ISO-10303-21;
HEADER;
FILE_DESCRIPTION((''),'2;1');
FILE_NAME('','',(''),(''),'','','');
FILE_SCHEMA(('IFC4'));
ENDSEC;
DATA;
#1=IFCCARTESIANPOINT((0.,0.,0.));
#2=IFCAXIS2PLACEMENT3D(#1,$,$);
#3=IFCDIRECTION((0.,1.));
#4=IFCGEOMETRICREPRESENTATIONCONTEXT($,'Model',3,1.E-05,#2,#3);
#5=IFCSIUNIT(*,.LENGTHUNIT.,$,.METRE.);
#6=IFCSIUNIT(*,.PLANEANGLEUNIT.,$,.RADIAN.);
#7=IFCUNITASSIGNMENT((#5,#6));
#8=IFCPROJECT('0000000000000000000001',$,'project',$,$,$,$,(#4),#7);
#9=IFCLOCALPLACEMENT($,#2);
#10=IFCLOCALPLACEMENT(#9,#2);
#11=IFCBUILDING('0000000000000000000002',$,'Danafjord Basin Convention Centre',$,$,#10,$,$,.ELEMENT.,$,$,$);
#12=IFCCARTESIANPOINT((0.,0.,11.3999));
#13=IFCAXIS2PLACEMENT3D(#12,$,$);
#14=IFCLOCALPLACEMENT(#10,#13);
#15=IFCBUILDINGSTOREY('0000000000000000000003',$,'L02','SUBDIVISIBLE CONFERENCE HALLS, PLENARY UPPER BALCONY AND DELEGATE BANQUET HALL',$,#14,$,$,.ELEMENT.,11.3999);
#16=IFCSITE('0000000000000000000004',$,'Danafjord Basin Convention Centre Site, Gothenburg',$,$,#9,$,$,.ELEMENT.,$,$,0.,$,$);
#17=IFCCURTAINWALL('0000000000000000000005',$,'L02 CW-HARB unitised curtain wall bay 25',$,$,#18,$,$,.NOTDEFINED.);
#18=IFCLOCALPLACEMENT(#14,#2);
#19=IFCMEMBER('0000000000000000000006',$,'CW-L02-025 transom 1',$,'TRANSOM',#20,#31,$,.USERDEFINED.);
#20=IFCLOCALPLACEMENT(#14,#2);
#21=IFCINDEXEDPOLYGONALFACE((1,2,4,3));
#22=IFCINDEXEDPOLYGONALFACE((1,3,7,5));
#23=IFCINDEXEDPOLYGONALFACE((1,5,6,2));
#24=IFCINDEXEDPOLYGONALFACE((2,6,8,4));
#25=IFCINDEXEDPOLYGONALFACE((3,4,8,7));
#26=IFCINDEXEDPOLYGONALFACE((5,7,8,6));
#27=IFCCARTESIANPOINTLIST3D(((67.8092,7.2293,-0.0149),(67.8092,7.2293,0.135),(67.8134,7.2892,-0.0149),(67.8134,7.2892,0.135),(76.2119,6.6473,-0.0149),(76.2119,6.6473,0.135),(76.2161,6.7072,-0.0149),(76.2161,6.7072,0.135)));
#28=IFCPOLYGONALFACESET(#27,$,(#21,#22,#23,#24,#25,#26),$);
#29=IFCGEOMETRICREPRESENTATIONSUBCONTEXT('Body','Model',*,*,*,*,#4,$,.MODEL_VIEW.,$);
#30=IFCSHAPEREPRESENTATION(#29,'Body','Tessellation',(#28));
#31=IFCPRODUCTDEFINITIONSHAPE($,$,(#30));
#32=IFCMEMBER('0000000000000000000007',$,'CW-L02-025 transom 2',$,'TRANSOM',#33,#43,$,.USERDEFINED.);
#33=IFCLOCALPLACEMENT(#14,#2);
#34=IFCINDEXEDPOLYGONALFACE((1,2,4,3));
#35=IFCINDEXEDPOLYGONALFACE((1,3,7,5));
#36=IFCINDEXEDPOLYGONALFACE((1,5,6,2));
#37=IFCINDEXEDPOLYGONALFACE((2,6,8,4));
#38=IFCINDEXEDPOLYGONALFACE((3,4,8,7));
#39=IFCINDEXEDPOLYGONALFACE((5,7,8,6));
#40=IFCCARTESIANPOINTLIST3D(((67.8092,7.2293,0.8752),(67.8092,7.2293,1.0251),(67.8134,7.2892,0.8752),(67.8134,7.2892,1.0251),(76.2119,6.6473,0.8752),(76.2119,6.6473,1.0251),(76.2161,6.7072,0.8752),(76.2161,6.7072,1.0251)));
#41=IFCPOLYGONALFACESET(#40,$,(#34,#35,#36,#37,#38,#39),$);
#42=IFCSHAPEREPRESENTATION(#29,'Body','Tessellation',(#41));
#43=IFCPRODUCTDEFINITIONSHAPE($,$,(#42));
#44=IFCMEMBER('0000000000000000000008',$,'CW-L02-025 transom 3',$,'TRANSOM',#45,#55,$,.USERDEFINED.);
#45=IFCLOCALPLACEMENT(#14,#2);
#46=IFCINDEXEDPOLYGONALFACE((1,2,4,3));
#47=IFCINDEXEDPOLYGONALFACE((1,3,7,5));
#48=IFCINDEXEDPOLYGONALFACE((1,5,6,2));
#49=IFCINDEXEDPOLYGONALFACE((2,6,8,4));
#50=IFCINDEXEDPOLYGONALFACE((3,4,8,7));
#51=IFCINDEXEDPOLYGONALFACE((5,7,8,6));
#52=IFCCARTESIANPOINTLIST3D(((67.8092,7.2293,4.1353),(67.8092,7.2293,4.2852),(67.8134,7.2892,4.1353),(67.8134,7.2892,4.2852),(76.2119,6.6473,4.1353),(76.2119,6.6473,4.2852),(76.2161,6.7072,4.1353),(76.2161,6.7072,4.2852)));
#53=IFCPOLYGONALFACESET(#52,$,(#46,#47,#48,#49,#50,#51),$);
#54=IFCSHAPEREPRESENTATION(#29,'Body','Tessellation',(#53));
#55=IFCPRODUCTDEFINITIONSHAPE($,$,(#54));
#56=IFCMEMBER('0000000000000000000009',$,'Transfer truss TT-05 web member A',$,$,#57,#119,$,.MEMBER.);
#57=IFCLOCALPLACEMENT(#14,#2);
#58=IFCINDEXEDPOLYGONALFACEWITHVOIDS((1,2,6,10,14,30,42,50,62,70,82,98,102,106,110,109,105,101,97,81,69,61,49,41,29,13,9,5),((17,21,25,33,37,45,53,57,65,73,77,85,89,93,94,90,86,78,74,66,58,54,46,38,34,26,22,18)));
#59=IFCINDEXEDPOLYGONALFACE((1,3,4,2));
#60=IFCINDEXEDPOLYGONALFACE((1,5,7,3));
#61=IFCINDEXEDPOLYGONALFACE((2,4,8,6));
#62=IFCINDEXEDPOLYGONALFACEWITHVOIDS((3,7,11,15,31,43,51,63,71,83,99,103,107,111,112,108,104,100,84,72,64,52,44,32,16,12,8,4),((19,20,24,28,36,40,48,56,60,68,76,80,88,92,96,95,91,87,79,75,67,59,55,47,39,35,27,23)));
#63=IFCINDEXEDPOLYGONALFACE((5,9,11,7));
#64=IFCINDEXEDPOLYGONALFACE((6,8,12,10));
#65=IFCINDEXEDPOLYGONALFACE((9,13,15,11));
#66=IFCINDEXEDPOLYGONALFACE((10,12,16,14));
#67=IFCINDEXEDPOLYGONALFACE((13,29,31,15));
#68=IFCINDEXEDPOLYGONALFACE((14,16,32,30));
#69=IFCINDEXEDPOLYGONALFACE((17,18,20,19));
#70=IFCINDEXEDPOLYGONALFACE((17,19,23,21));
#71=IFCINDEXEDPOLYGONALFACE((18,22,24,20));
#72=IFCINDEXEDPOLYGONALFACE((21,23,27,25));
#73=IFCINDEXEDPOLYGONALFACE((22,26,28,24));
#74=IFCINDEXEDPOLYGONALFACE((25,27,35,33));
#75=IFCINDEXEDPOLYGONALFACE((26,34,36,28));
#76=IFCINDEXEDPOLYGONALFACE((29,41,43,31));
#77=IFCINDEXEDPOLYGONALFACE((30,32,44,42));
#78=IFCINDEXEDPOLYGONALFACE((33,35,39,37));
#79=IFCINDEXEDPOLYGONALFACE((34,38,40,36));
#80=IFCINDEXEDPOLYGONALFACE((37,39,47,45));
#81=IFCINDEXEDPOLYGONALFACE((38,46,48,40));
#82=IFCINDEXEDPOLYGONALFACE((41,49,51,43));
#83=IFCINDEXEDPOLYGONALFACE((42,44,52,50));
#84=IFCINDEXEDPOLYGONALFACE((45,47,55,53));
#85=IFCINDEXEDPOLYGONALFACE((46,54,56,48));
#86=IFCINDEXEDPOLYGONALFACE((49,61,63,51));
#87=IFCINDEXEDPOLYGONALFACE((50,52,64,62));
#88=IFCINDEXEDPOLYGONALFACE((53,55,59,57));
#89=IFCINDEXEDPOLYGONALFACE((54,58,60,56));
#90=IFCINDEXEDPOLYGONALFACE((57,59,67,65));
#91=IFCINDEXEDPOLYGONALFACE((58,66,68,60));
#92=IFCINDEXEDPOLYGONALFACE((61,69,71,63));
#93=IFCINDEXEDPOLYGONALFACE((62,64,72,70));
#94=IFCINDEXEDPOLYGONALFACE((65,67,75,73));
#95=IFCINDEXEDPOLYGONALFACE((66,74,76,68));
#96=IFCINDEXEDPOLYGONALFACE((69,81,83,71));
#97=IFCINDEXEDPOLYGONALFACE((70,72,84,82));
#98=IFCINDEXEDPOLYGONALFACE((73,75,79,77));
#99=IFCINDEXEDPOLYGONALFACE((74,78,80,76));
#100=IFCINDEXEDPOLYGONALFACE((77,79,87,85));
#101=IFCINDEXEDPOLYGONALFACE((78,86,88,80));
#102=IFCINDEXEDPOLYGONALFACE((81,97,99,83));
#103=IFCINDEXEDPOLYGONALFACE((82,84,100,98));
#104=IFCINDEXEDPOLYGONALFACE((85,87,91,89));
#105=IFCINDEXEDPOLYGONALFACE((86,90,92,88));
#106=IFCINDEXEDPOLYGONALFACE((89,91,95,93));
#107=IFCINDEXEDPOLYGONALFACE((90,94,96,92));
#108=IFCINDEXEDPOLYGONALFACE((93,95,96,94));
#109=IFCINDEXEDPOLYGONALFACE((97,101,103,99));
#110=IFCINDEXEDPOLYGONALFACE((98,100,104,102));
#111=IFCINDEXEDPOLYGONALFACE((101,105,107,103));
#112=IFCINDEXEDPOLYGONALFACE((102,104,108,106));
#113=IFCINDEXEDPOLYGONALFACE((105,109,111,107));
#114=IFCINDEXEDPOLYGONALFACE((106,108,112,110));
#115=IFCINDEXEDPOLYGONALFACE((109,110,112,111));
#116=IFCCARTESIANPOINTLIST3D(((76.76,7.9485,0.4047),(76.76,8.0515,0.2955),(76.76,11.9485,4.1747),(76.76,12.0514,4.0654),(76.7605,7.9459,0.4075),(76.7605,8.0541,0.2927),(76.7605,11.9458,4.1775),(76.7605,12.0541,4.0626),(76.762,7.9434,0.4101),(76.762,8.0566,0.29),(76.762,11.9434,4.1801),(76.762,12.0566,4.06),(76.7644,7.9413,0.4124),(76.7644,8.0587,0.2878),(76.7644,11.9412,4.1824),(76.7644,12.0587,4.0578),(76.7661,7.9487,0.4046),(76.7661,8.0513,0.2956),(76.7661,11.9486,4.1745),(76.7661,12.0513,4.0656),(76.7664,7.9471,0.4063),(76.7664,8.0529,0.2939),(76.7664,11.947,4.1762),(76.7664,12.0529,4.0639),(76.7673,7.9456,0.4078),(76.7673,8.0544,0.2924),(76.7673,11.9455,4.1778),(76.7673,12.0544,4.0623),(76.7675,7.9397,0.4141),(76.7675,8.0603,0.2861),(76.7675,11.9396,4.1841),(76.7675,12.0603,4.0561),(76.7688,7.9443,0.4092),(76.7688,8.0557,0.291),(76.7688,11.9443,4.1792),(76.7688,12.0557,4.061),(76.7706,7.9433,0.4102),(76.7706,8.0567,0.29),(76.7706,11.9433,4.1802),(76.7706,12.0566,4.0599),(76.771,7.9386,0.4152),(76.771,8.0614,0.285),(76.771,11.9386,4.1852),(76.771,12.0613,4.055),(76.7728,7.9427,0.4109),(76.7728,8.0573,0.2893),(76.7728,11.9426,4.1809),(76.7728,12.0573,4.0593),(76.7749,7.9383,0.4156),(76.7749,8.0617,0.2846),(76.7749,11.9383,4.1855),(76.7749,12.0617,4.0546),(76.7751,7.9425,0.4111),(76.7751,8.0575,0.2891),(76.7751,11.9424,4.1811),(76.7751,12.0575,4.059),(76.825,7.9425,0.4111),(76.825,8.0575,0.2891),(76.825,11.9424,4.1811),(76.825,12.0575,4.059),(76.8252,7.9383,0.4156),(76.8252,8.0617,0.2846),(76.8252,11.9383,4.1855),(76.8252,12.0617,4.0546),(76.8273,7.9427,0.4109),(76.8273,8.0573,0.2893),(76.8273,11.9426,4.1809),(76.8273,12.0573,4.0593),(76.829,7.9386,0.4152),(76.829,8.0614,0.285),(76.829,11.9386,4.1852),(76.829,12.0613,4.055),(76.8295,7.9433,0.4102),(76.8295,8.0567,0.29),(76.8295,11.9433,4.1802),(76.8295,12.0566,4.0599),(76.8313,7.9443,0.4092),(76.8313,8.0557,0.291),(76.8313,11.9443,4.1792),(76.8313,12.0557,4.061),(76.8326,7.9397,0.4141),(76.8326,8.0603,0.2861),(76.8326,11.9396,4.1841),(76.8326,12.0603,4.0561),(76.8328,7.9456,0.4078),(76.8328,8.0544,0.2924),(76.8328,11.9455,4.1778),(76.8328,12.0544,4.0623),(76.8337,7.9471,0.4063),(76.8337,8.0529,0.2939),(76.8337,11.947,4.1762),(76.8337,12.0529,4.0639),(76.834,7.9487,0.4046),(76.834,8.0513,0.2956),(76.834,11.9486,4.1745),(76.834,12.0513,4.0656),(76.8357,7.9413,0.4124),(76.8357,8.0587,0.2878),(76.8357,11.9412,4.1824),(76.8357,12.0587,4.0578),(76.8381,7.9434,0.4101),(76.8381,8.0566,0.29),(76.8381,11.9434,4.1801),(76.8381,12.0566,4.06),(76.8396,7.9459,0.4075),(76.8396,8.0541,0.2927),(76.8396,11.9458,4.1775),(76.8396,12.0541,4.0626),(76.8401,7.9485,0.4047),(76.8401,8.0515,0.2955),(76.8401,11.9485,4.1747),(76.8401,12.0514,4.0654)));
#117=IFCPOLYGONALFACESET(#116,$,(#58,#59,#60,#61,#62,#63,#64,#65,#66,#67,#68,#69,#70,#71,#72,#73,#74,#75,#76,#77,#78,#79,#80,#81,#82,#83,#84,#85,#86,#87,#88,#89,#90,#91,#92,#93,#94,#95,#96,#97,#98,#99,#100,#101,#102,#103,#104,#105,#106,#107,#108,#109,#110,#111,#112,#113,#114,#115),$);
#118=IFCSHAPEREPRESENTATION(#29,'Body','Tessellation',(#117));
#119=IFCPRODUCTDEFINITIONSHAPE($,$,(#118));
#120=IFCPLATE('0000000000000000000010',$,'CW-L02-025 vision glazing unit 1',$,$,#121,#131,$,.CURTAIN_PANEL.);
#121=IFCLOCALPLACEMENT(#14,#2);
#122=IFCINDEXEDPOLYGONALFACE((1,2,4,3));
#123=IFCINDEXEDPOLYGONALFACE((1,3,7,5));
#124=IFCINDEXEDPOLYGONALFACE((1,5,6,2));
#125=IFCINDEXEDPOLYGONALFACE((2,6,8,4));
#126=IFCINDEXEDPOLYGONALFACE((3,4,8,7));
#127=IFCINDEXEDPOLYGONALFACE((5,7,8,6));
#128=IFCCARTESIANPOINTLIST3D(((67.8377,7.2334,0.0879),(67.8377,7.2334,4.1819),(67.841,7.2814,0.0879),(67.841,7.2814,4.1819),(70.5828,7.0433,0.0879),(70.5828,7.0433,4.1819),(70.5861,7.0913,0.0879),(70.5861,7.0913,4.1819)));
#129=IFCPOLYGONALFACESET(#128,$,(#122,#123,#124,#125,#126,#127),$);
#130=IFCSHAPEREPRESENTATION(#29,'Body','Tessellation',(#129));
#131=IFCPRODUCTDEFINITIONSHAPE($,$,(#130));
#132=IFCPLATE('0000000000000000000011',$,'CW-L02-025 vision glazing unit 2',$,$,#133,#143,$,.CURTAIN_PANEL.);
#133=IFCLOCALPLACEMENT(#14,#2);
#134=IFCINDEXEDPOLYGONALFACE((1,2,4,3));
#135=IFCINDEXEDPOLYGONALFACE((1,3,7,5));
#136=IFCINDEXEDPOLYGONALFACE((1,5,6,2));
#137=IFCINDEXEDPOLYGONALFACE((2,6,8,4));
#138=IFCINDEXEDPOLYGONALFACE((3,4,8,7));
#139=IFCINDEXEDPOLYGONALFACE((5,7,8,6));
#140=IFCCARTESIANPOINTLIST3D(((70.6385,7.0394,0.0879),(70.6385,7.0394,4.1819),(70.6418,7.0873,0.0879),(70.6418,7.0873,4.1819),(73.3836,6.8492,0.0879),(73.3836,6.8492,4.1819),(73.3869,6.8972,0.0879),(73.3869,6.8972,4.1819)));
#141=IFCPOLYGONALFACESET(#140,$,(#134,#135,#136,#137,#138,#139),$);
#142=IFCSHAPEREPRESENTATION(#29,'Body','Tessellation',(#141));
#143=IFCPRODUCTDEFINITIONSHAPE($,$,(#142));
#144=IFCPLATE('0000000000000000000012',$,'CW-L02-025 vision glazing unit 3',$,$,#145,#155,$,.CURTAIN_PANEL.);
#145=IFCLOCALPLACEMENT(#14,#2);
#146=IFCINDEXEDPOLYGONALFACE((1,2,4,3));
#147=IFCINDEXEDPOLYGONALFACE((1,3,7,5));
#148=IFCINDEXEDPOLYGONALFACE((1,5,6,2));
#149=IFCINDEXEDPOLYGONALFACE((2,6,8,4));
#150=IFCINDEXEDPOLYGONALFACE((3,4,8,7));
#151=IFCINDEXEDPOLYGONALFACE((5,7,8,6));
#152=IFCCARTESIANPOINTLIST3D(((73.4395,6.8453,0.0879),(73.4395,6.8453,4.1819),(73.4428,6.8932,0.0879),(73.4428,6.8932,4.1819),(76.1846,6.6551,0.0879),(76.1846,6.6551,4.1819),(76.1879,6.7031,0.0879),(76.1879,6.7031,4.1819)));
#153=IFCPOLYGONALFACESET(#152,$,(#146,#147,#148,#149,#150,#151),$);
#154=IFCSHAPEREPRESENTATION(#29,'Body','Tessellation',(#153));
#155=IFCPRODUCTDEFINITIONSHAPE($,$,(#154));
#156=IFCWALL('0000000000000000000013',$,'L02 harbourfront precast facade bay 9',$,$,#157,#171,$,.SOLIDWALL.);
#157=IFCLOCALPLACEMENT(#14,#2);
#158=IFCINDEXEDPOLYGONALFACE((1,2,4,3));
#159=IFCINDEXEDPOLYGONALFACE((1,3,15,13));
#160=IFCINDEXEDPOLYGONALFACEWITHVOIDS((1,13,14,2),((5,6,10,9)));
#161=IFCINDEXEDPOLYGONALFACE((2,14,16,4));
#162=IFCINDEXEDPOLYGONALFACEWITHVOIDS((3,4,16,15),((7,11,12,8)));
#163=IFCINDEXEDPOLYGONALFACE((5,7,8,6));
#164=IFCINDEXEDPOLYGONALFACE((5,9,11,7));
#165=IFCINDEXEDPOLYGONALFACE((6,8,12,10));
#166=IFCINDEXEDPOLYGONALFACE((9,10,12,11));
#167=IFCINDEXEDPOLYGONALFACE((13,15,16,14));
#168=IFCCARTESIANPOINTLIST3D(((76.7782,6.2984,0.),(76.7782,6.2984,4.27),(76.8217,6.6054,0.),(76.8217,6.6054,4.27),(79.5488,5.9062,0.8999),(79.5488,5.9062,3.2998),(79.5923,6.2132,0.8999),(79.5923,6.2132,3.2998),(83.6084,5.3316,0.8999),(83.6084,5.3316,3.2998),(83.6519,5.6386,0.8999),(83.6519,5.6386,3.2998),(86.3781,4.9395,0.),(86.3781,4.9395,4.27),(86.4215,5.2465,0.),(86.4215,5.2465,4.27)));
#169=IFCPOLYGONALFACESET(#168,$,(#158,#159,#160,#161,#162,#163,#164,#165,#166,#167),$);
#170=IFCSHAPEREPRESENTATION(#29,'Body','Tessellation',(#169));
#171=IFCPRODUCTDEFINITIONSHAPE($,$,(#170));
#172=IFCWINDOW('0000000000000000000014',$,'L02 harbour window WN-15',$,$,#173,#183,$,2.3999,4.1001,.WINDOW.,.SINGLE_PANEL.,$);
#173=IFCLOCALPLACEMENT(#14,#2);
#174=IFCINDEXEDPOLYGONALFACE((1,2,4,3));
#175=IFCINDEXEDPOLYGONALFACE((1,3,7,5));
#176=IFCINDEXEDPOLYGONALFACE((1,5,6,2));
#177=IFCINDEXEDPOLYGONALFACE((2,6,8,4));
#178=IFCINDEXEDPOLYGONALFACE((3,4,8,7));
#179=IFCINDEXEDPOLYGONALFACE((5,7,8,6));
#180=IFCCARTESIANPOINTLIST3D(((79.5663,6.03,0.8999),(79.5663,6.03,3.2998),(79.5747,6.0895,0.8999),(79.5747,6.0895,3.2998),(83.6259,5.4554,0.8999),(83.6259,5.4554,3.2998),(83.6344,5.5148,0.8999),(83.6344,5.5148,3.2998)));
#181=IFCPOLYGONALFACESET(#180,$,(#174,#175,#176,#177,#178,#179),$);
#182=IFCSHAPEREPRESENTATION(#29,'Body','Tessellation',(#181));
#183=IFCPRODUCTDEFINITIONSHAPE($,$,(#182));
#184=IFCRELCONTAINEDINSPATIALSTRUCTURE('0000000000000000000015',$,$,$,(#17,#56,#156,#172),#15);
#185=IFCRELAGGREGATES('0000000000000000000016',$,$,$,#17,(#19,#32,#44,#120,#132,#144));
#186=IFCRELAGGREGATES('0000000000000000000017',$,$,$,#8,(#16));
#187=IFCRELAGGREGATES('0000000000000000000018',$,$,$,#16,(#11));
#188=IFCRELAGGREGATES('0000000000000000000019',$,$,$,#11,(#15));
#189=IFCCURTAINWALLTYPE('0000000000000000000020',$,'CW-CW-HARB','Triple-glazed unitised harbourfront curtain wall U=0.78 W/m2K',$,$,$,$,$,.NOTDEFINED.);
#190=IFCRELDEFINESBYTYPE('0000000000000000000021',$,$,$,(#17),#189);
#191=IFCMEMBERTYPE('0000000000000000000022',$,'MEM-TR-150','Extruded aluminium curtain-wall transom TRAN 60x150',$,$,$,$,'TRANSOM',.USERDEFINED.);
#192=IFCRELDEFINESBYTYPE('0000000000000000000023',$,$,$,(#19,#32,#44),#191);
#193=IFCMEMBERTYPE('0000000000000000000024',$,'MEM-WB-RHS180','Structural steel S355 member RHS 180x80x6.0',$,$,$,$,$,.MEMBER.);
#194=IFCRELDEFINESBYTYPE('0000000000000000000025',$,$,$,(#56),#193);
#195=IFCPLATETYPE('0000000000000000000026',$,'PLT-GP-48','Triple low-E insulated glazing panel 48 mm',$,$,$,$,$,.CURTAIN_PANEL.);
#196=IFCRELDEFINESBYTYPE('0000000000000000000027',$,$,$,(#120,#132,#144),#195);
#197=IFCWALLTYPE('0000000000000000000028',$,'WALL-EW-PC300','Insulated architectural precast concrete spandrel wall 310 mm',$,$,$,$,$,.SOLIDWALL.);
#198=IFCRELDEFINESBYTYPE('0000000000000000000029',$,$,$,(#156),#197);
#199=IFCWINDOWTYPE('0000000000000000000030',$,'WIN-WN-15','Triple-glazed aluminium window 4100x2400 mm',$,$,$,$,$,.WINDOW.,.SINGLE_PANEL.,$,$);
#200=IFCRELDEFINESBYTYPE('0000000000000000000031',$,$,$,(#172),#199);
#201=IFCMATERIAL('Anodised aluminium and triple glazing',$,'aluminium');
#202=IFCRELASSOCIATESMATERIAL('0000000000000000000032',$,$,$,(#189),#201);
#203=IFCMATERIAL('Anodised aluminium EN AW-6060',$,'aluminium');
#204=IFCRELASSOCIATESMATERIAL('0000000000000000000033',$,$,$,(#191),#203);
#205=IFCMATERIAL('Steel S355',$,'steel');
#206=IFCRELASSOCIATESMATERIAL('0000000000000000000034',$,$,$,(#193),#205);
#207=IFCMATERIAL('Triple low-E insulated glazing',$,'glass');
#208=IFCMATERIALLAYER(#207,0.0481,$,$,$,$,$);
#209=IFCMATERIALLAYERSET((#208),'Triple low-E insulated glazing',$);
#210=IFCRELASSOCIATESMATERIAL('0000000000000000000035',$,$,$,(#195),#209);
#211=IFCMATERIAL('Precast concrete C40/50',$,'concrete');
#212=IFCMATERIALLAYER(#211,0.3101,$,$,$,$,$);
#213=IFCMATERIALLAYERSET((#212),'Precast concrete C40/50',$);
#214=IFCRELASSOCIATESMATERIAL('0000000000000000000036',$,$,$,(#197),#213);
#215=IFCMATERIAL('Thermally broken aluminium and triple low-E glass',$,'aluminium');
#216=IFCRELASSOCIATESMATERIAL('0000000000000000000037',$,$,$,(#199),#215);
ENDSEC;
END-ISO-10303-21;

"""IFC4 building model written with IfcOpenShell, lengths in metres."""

from ifc_helpers import new_model, si_unit, direction, frame, frame_2d, origin, origin_2d, place, context, subcontext, project, spatial, rectangle, hollow_rectangle, extrude, material, layer, layer_set, material_profile, profile_set, type_object, element, fill, aggregate, save


model = new_model("IFC4")

# Units and contexts
model_context = context("Model", 3, precision=1e-05, world=origin(), true_north=direction((0.0, 1.0)))
body_context = subcontext(model_context, "Body", "Model", "MODEL_VIEW")
ifc_project = project(units=[si_unit("LENGTHUNIT", "METRE"), si_unit("PLANEANGLEUNIT", "RADIAN")], contexts=[model_context])

# Site, building, storey
site_placement = place(None, origin())
site = spatial("IfcSite", under=ifc_project, at=site_placement, Name="Danafjord Basin Convention Centre Site, Gothenburg", CompositionType="ELEMENT", RefElevation=0.0)
building_placement = place(site_placement, origin())
building = spatial("IfcBuilding", under=site, at=building_placement, Name="Danafjord Basin Convention Centre", CompositionType="ELEMENT")
storey_placement = place(building_placement, frame((0.0, 0.0, 11.3999)))
storey = spatial("IfcBuildingStorey", under=building, at=storey_placement, Name="L02", Description="SUBDIVISIBLE CONFERENCE HALLS, PLENARY UPPER BALCONY AND DELEGATE BANQUET HALL", CompositionType="ELEMENT", Elevation=11.3999)

# Shared definitions
ifc_material_1 = material(Name="Steel S355", Category="steel")

# Curtain wall, members
ifc_material_2 = material(Name="Anodised aluminium and triple glazing", Category="aluminium")
curtain_wall_type = type_object("IfcCurtainWallType", Name="CW-CW-HARB", Description="Triple-glazed unitised harbourfront curtain wall U=0.78 W/m2K", PredefinedType="NOTDEFINED", material=ifc_material_2)
curtain_wall_placement = place(storey_placement, origin())
curtain_wall = element("IfcCurtainWall", 1, at=curtain_wall_placement, inside=storey, type_object=curtain_wall_type, Name="L02 CW-HARB unitised curtain wall bay 25", PredefinedType="NOTDEFINED")
ifc_material_3 = material(Name="Anodised aluminium EN AW-6060", Category="aluminium")
ifc_material_profile_1 = material_profile(ifc_material_3, rectangle(XDim=0.0601, YDim=0.1499, at=origin_2d()), Name="TRAN 60x150")
ifc_profile_set_1 = profile_set([ifc_material_profile_1], Name="Anodised aluminium EN AW-6060")
member_type_1 = type_object("IfcMemberType", Name="MEM-TR-150", Description="Extruded aluminium curtain-wall transom TRAN 60x150", ElementType="TRANSOM", PredefinedType="USERDEFINED", material=ifc_profile_set_1)
member_1_placement = place(storey_placement, frame((67.8113, 7.2593, 0.0601), z_axis=(0.99761, -0.069101, 0.0), x_axis=(0.069101, 0.99761, 0.0)))
member_1 = element("IfcMember", 2, at=member_1_placement, type_object=member_type_1, Name="CW-L02-025 transom 1", ObjectType="TRANSOM", PredefinedType="USERDEFINED", context=body_context, shape_type="SweptSolid", body=[
    extrude(rectangle(XDim=0.0601, YDim=0.1499, at=origin_2d()), origin(), (0.0, 0.0, 1.0), 8.4229),
])
member_2_placement = place(storey_placement, frame((67.8113, 7.2593, 0.9502), z_axis=(0.99761, -0.069101, 0.0), x_axis=(0.069101, 0.99761, 0.0)))
member_2 = element("IfcMember", 3, at=member_2_placement, type_object=member_type_1, Name="CW-L02-025 transom 2", ObjectType="TRANSOM", PredefinedType="USERDEFINED", context=body_context, shape_type="SweptSolid", body=[
    extrude(rectangle(XDim=0.0601, YDim=0.1499, at=origin_2d()), origin(), (0.0, 0.0, 1.0), 8.4229),
])
member_3_placement = place(storey_placement, frame((67.8113, 7.2593, 4.2102), z_axis=(0.99761, -0.069101, 0.0), x_axis=(0.069101, 0.99761, 0.0)))
member_3 = element("IfcMember", 4, at=member_3_placement, type_object=member_type_1, Name="CW-L02-025 transom 3", ObjectType="TRANSOM", PredefinedType="USERDEFINED", context=body_context, shape_type="SweptSolid", body=[
    extrude(rectangle(XDim=0.0601, YDim=0.1499, at=origin_2d()), origin(), (0.0, 0.0, 1.0), 8.4229),
])

# Member
ifc_material_profile_2 = material_profile(ifc_material_1, hollow_rectangle(XDim=0.0801, YDim=0.1799, WallThickness=0.0061, InnerFilletRadius=0.009, OuterFilletRadius=0.0149, at=origin_2d()), Name="RHS 180x80x6.0")
ifc_profile_set_2 = profile_set([ifc_material_profile_2], Name="Steel S355")
member_type_2 = type_object("IfcMemberType", Name="MEM-WB-RHS180", Description="Structural steel S355 member RHS 180x80x6.0", PredefinedType="MEMBER", material=ifc_profile_set_2)
member_4_placement = place(storey_placement, frame((76.8, 8.0, 0.3501), z_axis=(0.0, 0.727717, 0.685877), x_axis=(-1.0, 0.0, 0.0)))
element("IfcMember", 5, at=member_4_placement, inside=storey, type_object=member_type_2, Name="Transfer truss TT-05 web member A", PredefinedType="MEMBER", context=body_context, shape_type="SweptSolid", body=[
    extrude(hollow_rectangle(XDim=0.0801, YDim=0.1799, WallThickness=0.0061, InnerFilletRadius=0.009, OuterFilletRadius=0.0149, at=origin_2d()), origin(), (0.0, 0.0, 1.0), 5.4966),
])

# Plates
ifc_material_4 = material(Name="Triple low-E insulated glazing", Category="glass")
ifc_layer_1 = layer(ifc_material_4, 0.0481)
ifc_layer_set_1 = layer_set([ifc_layer_1], Name="Triple low-E insulated glazing")
plate_type = type_object("IfcPlateType", Name="PLT-GP-48", Description="Triple low-E insulated glazing panel 48 mm", PredefinedType="CURTAIN_PANEL", material=ifc_layer_set_1)
plate_1_placement = place(storey_placement, frame((69.2119, 7.1624, 0.0879), z_axis=(0.0, 0.0, 1.0), x_axis=(0.997609, -0.069105, 0.0)))
plate_1 = element("IfcPlate", 6, at=plate_1_placement, type_object=plate_type, Name="CW-L02-025 vision glazing unit 1", PredefinedType="CURTAIN_PANEL", context=body_context, shape_type="SweptSolid", body=[
    extrude(rectangle(XDim=2.7517, YDim=0.0481, at=origin_2d()), origin(), (0.0, 0.0, 1.0), 4.094),
])
plate_2_placement = place(storey_placement, frame((72.0127, 6.9683, 0.0879), z_axis=(0.0, 0.0, 1.0), x_axis=(0.997609, -0.069105, 0.0)))
plate_2 = element("IfcPlate", 7, at=plate_2_placement, type_object=plate_type, Name="CW-L02-025 vision glazing unit 2", PredefinedType="CURTAIN_PANEL", context=body_context, shape_type="SweptSolid", body=[
    extrude(rectangle(XDim=2.7517, YDim=0.0481, at=origin_2d()), origin(), (0.0, 0.0, 1.0), 4.094),
])
plate_3_placement = place(storey_placement, frame((74.8137, 6.7742, 0.0879), z_axis=(0.0, 0.0, 1.0), x_axis=(0.997609, -0.069105, 0.0)))
plate_3 = element("IfcPlate", 8, at=plate_3_placement, type_object=plate_type, Name="CW-L02-025 vision glazing unit 3", PredefinedType="CURTAIN_PANEL", context=body_context, shape_type="SweptSolid", body=[
    extrude(rectangle(XDim=2.7517, YDim=0.0481, at=origin_2d()), origin(), (0.0, 0.0, 1.0), 4.094),
])
aggregate(curtain_wall, [member_1, member_2, member_3, plate_1, plate_2, plate_3])

# Wall, opening, window
ifc_material_5 = material(Name="Precast concrete C40/50", Category="concrete")
ifc_layer_2 = layer(ifc_material_5, 0.3101)
ifc_layer_set_2 = layer_set([ifc_layer_2], Name="Precast concrete C40/50")
wall_type = type_object("IfcWallType", Name="WALL-EW-PC300", Description="Insulated architectural precast concrete spandrel wall 310 mm", PredefinedType="SOLIDWALL", material=ifc_layer_set_2)
wall_placement = place(storey_placement, frame((76.8, 6.4519, 0.0), z_axis=(0.0, 0.0, 1.0), x_axis=(0.990129, -0.140156, 0.0)))
wall = element("IfcWall", 9, at=wall_placement, inside=storey, type_object=wall_type, Name="L02 harbourfront precast facade bay 9", PredefinedType="SOLIDWALL", context=body_context, shape_type="SweptSolid", body=[
    extrude(rectangle(XDim=9.6956, YDim=0.3101, at=frame_2d((4.8477, 0.0))), origin(), (0.0, 0.0, 1.0), 4.27),
])
opening_placement = place(wall_placement, frame((2.7981, 0.0, 0.8999)))
opening = element("IfcOpeningElement", 10, at=opening_placement, cuts=wall, PredefinedType="OPENING", context=body_context, shape_type="SweptSolid", body=[
    extrude(rectangle(XDim=4.1001, YDim=2.3999, at=frame_2d((2.05, 1.2))), frame((0.0, 0.165, 0.0), z_axis=(0.0, -1.0, 0.0), x_axis=(1.0, 0.0, 0.0)), (0.0, 0.0, 1.0), 0.3301),
])
ifc_material_6 = material(Name="Thermally broken aluminium and triple low-E glass", Category="aluminium")
window_type = type_object("IfcWindowType", Name="WIN-WN-15", Description="Triple-glazed aluminium window 4100x2400 mm", PartitioningType="SINGLE_PANEL", PredefinedType="WINDOW", material=ifc_material_6)
window_placement = place(opening_placement, origin())
window = element("IfcWindow", 11, at=window_placement, inside=storey, type_object=window_type, Name="L02 harbour window WN-15", OverallHeight=2.3999, OverallWidth=4.1001, PartitioningType="SINGLE_PANEL", PredefinedType="WINDOW", context=body_context, shape_type="SweptSolid", body=[
    extrude(rectangle(XDim=4.1001, YDim=2.3999, at=frame_2d((2.05, 1.2))), frame((0.0, 0.03, 0.0), z_axis=(0.0, -1.0, 0.0), x_axis=(1.0, 0.0, 0.0)), (0.0, 0.0, 1.0), 0.0601),
])
fill(opening, window)

save(model, "model.ifc")
